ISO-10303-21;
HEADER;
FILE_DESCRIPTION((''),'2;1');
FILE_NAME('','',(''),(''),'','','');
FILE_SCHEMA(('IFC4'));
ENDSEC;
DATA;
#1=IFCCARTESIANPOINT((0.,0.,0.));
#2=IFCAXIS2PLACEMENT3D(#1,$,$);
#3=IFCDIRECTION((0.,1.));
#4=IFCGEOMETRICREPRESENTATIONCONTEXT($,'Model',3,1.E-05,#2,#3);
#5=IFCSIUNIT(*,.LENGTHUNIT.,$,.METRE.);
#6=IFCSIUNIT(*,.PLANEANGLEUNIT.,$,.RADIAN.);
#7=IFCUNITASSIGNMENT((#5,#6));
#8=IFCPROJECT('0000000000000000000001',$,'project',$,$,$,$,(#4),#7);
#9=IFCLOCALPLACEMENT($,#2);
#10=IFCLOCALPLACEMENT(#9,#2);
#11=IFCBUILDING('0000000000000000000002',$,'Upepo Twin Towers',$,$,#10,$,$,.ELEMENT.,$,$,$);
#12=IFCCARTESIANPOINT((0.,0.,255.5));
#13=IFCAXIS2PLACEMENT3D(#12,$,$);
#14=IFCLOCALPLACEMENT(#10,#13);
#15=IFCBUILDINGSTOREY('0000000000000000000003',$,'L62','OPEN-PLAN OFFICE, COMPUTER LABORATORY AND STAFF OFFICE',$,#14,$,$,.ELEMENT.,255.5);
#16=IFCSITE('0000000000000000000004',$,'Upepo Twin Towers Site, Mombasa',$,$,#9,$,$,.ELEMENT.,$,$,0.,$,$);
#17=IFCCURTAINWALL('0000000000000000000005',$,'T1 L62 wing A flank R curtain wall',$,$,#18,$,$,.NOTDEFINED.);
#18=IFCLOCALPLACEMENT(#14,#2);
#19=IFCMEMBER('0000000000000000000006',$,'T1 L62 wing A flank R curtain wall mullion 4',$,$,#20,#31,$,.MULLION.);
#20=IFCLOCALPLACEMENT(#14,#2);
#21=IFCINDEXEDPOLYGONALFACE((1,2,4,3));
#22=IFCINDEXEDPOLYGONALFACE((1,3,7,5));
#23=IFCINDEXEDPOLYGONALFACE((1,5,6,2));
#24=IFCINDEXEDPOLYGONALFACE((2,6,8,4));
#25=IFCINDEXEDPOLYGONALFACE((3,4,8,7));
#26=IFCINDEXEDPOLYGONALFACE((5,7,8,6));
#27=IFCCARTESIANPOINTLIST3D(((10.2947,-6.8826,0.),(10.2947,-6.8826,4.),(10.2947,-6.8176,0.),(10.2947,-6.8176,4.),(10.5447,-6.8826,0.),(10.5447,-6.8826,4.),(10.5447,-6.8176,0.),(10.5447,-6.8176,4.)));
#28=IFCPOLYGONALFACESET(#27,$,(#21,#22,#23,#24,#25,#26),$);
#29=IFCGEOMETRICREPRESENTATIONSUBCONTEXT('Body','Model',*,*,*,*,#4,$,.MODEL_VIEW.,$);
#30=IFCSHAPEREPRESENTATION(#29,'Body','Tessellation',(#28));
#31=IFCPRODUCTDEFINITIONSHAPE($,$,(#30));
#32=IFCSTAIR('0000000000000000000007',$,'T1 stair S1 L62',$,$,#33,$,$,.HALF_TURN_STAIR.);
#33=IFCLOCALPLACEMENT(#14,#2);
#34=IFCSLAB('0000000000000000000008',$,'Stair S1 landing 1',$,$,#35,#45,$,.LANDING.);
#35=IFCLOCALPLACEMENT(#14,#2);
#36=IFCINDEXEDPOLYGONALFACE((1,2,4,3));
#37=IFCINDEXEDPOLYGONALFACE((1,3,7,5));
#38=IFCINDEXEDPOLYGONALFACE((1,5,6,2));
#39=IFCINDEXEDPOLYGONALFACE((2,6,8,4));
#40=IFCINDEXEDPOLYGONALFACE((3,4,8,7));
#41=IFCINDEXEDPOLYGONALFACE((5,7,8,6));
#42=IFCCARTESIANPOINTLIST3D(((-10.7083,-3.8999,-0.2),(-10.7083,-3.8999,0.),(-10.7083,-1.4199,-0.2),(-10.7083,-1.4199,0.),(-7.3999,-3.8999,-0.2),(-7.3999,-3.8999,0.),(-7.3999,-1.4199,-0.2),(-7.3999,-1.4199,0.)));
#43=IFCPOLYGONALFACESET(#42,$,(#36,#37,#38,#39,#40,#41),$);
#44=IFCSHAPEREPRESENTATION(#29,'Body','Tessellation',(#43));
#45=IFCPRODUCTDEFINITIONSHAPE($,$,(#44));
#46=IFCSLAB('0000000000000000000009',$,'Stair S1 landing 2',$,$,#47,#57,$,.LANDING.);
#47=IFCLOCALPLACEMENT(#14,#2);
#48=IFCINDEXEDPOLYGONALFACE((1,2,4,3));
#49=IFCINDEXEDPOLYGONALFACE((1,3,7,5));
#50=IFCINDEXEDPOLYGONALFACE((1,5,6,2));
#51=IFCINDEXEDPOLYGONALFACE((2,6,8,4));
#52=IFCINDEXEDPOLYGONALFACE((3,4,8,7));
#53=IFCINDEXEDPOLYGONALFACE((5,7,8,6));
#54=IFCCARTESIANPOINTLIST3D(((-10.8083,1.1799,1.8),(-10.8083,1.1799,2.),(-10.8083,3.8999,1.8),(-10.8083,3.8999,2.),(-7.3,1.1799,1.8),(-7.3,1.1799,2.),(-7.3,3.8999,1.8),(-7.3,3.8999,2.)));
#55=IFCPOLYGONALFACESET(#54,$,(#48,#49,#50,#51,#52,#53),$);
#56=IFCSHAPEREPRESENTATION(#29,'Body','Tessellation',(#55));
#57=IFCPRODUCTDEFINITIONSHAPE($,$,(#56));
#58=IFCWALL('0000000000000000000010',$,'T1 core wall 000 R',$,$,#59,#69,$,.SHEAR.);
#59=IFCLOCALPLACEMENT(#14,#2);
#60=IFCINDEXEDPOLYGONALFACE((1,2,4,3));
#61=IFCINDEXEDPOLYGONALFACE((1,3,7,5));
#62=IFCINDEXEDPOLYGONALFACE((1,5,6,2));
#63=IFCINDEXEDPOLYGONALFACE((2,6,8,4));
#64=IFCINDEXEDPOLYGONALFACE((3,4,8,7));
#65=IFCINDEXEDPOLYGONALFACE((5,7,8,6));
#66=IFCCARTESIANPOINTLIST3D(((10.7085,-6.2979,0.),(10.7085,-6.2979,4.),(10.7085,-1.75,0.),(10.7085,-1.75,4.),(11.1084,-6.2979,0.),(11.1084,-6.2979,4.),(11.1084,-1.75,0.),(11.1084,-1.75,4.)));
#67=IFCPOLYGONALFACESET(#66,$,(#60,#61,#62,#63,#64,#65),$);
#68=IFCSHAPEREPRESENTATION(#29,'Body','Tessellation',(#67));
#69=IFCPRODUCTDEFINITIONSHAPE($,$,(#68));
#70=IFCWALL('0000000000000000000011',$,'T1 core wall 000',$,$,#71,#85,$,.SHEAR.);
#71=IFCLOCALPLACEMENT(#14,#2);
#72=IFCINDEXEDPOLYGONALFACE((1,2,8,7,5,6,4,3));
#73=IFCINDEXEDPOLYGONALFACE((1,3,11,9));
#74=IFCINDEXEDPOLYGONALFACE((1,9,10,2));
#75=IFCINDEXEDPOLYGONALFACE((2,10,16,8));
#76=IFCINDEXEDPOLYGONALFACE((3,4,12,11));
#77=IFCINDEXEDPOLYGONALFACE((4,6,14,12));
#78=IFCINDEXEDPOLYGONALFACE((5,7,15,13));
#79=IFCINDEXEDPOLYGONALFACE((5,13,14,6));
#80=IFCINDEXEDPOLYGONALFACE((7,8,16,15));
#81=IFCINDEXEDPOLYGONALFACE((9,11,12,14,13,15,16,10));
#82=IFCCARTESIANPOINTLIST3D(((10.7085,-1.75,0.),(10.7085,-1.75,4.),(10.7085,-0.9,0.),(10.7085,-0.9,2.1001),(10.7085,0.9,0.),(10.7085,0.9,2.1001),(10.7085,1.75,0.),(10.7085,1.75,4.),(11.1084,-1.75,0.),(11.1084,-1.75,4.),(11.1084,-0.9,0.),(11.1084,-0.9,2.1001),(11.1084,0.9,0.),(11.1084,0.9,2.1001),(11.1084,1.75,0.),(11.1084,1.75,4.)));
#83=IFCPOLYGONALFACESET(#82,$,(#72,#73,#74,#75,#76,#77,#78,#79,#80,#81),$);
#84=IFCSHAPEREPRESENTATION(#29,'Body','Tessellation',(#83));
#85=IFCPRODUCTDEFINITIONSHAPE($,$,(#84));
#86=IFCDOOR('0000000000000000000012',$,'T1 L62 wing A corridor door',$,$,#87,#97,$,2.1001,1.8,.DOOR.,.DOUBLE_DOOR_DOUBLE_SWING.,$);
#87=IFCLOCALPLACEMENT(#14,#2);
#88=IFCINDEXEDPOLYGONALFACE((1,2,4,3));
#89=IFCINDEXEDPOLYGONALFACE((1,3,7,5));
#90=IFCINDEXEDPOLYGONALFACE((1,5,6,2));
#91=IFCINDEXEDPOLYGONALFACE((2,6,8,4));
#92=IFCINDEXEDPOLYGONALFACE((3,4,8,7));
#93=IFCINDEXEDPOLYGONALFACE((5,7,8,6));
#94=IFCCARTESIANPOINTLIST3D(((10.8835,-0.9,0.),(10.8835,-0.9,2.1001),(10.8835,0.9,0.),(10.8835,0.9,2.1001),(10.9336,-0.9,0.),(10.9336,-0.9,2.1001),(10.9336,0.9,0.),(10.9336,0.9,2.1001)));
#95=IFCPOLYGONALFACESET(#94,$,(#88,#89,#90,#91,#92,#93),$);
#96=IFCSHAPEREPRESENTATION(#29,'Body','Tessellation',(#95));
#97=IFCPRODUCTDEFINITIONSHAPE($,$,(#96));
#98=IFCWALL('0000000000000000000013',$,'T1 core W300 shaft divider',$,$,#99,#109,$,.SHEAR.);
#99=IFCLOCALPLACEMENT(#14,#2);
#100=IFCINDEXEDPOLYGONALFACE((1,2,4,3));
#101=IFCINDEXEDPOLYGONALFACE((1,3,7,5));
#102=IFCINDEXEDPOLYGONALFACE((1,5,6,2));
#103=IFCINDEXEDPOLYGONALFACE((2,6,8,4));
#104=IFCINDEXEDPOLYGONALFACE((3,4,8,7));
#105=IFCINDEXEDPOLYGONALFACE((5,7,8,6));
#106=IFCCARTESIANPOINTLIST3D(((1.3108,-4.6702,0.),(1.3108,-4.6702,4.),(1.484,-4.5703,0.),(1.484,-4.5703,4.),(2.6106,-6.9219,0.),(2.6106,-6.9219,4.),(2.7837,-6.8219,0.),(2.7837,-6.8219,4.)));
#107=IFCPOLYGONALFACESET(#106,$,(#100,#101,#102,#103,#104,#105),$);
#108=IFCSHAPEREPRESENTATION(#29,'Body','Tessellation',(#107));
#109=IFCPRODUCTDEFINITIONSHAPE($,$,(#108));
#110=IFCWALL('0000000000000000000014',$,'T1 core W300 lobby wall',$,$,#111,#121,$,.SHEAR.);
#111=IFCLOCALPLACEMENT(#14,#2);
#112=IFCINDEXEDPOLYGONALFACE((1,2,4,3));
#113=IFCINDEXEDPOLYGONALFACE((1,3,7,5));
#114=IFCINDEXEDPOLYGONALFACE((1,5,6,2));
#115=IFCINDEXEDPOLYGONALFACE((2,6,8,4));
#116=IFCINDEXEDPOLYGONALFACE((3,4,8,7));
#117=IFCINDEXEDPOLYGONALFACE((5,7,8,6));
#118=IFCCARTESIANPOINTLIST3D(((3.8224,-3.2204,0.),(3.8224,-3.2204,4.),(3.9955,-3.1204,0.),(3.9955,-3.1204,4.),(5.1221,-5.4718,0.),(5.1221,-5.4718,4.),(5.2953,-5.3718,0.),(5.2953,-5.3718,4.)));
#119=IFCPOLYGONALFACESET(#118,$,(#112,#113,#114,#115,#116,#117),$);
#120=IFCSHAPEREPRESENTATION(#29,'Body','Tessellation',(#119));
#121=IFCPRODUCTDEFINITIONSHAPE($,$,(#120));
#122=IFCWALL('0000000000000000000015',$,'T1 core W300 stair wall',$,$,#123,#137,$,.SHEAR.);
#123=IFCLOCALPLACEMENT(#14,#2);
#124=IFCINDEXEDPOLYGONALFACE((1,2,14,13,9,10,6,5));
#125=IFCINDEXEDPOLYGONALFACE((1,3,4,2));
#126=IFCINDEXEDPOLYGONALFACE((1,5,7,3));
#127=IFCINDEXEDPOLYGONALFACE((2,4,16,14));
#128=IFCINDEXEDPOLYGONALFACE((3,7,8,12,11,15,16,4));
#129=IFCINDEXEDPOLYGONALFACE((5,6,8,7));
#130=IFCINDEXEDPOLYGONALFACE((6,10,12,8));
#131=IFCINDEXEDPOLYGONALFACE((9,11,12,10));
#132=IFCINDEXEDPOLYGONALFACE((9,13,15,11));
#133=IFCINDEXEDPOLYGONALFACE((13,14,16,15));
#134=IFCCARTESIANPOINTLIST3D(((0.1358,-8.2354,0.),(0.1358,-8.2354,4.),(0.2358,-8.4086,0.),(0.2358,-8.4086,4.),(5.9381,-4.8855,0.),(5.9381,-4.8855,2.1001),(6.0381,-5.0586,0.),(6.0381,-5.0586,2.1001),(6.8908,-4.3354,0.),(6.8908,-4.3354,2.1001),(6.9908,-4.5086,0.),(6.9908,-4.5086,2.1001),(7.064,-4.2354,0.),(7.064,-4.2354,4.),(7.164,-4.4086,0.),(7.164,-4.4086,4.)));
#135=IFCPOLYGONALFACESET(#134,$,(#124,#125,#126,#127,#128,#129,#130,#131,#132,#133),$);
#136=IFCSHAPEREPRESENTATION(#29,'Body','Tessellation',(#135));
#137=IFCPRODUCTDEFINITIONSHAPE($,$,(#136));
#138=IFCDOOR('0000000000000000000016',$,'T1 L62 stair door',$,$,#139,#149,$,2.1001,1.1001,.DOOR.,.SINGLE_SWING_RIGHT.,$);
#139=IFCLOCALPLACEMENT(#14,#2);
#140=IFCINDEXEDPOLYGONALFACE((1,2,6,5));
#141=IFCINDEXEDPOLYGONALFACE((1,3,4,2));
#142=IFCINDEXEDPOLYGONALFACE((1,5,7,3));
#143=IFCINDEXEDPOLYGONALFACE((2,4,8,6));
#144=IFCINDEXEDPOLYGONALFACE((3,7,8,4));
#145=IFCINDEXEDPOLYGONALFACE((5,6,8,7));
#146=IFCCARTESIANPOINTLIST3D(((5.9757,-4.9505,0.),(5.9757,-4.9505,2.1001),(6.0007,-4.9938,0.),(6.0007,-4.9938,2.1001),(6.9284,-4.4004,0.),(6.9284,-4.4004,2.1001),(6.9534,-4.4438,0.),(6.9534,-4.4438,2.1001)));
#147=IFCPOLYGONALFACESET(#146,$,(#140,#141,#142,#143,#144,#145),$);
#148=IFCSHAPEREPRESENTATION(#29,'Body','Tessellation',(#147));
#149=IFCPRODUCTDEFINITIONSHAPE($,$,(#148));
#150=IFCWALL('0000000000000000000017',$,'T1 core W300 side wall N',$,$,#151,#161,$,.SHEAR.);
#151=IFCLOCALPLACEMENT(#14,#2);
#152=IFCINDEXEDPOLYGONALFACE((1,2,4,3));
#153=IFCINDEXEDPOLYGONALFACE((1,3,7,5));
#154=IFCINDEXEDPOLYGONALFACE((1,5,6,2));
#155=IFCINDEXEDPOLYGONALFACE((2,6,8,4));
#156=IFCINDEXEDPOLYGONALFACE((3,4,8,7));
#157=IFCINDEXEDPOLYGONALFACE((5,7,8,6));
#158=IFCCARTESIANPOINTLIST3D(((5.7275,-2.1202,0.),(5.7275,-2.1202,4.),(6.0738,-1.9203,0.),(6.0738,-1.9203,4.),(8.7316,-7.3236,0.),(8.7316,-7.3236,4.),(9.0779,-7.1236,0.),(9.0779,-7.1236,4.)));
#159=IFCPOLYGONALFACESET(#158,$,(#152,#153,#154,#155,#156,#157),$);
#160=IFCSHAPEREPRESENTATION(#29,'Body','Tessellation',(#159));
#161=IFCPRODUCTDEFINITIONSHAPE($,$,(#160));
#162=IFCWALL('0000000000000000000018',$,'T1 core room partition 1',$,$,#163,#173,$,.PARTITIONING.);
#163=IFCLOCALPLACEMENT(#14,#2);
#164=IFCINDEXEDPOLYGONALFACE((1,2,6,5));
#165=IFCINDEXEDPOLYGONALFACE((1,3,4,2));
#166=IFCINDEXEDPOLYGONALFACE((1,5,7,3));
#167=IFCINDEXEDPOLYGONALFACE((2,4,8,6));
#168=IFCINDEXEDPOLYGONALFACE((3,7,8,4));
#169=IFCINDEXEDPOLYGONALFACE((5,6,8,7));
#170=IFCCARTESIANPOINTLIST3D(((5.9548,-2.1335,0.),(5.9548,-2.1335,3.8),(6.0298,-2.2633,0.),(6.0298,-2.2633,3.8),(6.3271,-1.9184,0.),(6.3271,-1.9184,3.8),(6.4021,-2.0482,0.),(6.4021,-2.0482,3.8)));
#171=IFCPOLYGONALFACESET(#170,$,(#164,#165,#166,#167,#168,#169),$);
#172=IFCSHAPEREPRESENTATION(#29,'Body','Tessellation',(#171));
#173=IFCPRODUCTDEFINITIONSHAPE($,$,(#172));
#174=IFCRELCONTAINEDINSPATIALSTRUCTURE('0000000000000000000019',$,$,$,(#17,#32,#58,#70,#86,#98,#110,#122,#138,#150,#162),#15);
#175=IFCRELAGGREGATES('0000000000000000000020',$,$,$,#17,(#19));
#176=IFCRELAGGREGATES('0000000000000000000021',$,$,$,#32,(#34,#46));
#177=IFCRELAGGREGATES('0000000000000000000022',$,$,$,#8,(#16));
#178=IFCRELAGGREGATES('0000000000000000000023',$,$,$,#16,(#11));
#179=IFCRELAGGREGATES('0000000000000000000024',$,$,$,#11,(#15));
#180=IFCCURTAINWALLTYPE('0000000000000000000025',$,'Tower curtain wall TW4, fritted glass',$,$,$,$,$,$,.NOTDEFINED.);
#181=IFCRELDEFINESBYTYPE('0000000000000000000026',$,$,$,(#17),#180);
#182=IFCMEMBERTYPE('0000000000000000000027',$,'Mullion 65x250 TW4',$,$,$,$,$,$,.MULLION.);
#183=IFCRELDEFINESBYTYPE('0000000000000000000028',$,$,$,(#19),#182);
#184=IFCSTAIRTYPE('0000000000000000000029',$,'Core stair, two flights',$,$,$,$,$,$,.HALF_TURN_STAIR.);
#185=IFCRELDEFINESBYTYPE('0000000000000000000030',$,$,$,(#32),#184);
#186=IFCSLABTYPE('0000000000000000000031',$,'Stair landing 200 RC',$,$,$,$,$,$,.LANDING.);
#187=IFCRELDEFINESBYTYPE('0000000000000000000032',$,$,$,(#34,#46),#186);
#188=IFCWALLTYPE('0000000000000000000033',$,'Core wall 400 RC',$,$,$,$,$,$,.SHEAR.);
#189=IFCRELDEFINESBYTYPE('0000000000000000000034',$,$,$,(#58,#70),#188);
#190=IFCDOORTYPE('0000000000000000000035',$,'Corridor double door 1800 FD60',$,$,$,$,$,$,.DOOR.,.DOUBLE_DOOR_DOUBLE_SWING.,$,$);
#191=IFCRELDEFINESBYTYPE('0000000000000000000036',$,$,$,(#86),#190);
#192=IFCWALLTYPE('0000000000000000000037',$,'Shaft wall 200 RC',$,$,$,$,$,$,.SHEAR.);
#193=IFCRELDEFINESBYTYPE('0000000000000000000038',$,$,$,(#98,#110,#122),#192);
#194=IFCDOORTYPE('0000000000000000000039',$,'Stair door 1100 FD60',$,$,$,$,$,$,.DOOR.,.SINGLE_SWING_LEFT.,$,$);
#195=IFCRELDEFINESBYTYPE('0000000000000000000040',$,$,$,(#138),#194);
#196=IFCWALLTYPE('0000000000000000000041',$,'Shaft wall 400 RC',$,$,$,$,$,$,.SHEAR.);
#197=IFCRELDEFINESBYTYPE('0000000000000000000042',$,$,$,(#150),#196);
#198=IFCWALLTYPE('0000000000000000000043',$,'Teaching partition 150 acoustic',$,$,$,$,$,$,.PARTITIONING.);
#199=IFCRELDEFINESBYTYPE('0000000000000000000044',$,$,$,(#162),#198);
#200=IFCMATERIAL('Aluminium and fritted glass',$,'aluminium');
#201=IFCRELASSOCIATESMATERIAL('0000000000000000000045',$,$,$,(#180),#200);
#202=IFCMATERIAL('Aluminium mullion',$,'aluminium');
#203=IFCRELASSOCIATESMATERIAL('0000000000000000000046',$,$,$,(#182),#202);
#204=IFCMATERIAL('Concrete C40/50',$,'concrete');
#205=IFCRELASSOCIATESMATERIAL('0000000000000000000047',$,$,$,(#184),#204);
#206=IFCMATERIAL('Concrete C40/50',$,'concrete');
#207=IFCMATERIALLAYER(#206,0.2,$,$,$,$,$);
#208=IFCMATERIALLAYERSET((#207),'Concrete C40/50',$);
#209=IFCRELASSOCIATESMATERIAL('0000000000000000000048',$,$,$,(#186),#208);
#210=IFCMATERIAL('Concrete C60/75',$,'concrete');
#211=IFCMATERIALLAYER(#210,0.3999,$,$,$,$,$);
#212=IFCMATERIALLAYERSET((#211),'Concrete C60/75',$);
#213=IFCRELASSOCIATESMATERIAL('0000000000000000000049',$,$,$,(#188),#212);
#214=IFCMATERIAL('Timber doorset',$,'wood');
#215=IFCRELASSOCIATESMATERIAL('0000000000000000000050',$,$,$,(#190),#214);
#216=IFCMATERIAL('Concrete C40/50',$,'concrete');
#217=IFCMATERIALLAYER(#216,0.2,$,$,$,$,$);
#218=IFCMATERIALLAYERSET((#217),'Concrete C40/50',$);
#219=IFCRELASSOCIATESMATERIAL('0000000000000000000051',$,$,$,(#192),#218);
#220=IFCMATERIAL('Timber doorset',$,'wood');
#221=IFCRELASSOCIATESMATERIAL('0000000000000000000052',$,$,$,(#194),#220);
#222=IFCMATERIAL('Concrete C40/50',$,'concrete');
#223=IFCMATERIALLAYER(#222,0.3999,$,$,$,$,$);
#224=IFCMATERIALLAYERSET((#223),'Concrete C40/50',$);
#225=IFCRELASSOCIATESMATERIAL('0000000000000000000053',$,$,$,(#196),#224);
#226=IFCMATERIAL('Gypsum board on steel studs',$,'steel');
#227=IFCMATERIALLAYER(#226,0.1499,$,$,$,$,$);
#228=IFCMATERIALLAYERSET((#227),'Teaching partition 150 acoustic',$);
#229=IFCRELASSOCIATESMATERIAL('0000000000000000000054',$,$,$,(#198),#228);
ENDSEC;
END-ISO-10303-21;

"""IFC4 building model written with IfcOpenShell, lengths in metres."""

from ifc_helpers import new_model, si_unit, direction, frame, frame_2d, origin, origin_2d, place, context, subcontext, project, spatial, polyline, rectangle, outline, extrude, material, layer, layer_set, material_profile, profile_set, type_object, element, fill, aggregate, save


model = new_model("IFC4")

# Units and contexts
model_context = context("Model", 3, precision=1e-05, world=origin(), true_north=direction((0.0, 1.0)))
body_context = subcontext(model_context, "Body", "Model", "MODEL_VIEW")
ifc_project = project(units=[si_unit("LENGTHUNIT", "METRE"), si_unit("PLANEANGLEUNIT", "RADIAN")], contexts=[model_context])

# Site, building, storey
site_placement = place(None, origin())
site = spatial("IfcSite", under=ifc_project, at=site_placement, Name="Upepo Twin Towers Site, Mombasa", CompositionType="ELEMENT", RefElevation=0.0)
building_placement = place(site_placement, origin())
building = spatial("IfcBuilding", under=site, at=building_placement, Name="Upepo Twin Towers", CompositionType="ELEMENT")
storey_placement = place(building_placement, frame((0.0, 0.0, 255.5)))
storey = spatial("IfcBuildingStorey", under=building, at=storey_placement, Name="L62", Description="OPEN-PLAN OFFICE, COMPUTER LABORATORY AND STAFF OFFICE", CompositionType="ELEMENT", Elevation=255.5)

# Curtain wall, member
ifc_material_1 = material(Name="Aluminium and fritted glass", Category="aluminium")
curtain_wall_type = type_object("IfcCurtainWallType", Name="Tower curtain wall TW4, fritted glass", PredefinedType="NOTDEFINED", material=ifc_material_1)
curtain_wall_placement = place(storey_placement, origin())
curtain_wall = element("IfcCurtainWall", 1, at=curtain_wall_placement, inside=storey, type_object=curtain_wall_type, Name="T1 L62 wing A flank R curtain wall", PredefinedType="NOTDEFINED")
ifc_material_2 = material(Name="Aluminium mullion", Category="aluminium")
ifc_material_profile = material_profile(ifc_material_2, rectangle(XDim=0.0649, YDim=0.25, at=origin_2d()), Name="MULLION 65x250")
ifc_profile_set = profile_set([ifc_material_profile], Name="Aluminium mullion")
member_type = type_object("IfcMemberType", Name="Mullion 65x250 TW4", PredefinedType="MULLION", material=ifc_profile_set)
member_placement = place(storey_placement, frame((10.4197, -6.8501, 0.0), z_axis=(0.0, 0.0, 1.0), x_axis=(0.0, -1.0, 0.0)))
member = element("IfcMember", 2, at=member_placement, type_object=member_type, Name="T1 L62 wing A flank R curtain wall mullion 4", PredefinedType="MULLION", context=body_context, shape_type="SweptSolid", body=[
    extrude(rectangle(XDim=0.0649, YDim=0.25, at=origin_2d()), origin(), (0.0, 0.0, 1.0), 4.0),
])
aggregate(curtain_wall, [member])

# Stair, slabs
ifc_material_3 = material(Name="Concrete C40/50", Category="concrete")
stair_type = type_object("IfcStairType", Name="Core stair, two flights", PredefinedType="HALF_TURN_STAIR", material=ifc_material_3)
stair_1_placement = place(storey_placement, origin())
stair_1 = element("IfcStair", 3, at=stair_1_placement, inside=storey, type_object=stair_type, Name="T1 stair S1 L62", PredefinedType="HALF_TURN_STAIR")
ifc_material_4 = material(Name="Concrete C40/50", Category="concrete")
ifc_layer_1 = layer(ifc_material_4, 0.2)
ifc_layer_set_1 = layer_set([ifc_layer_1], Name="Concrete C40/50")
slab_type = type_object("IfcSlabType", Name="Stair landing 200 RC", PredefinedType="LANDING", material=ifc_layer_set_1)
slab_1_placement = place(storey_placement, frame((0.0, 0.0, -0.2)))
slab_1 = element("IfcSlab", 4, at=slab_1_placement, type_object=slab_type, Name="Stair S1 landing 1", PredefinedType="LANDING", context=body_context, shape_type="SweptSolid", body=[
    extrude(outline(polyline([(-7.3999, -1.4199), (-10.7083, -1.4199), (-10.7083, -3.8999), (-7.3999, -3.8999), (-7.3999, -1.4199)])), origin(), (0.0, 0.0, 1.0), 0.2),
])
slab_2_placement = place(storey_placement, frame((0.0, 0.0, 1.8)))
slab_2 = element("IfcSlab", 5, at=slab_2_placement, type_object=slab_type, Name="Stair S1 landing 2", PredefinedType="LANDING", context=body_context, shape_type="SweptSolid", body=[
    extrude(outline(polyline([(-7.3, 3.8999), (-10.8083, 3.8999), (-10.8083, 1.1799), (-7.3, 1.1799), (-7.3, 3.8999)])), origin(), (0.0, 0.0, 1.0), 0.2),
])
aggregate(stair_1, [slab_1, slab_2])

# Wall
ifc_material_5 = material(Name="Concrete C60/75", Category="concrete")
ifc_layer_2 = layer(ifc_material_5, 0.3999)
ifc_layer_set_2 = layer_set([ifc_layer_2], Name="Concrete C60/75")
wall_type_1 = type_object("IfcWallType", Name="Core wall 400 RC", PredefinedType="SHEAR", material=ifc_layer_set_2)
wall_1_placement = place(storey_placement, frame((10.9084, -6.2979, 0.0), z_axis=(0.0, 0.0, 1.0), x_axis=(0.0, 1.0, 0.0)))
element("IfcWall", 6, at=wall_1_placement, inside=storey, type_object=wall_type_1, Name="T1 core wall 000 R", PredefinedType="SHEAR", context=body_context, shape_type="SweptSolid", body=[
    extrude(rectangle(XDim=4.5479, YDim=0.3999, at=frame_2d((2.2739, 0.0))), origin(), (0.0, 0.0, 1.0), 4.0),
])

# Wall, opening, door
wall_2_placement = place(storey_placement, frame((10.9084, -1.75, 0.0), z_axis=(0.0, 0.0, 1.0), x_axis=(0.0, 1.0, 0.0)))
wall_2 = element("IfcWall", 7, at=wall_2_placement, inside=storey, type_object=wall_type_1, Name="T1 core wall 000", PredefinedType="SHEAR", context=body_context, shape_type="SweptSolid", body=[
    extrude(rectangle(XDim=3.5, YDim=0.3999, at=frame_2d((1.75, 0.0))), origin(), (0.0, 0.0, 1.0), 4.0),
])
opening_1_placement = place(wall_2_placement, frame((0.8501, 0.0, 0.0)))
opening_1 = element("IfcOpeningElement", 8, at=opening_1_placement, cuts=wall_2, PredefinedType="OPENING", context=body_context, shape_type="SweptSolid", body=[
    extrude(rectangle(XDim=1.8, YDim=2.1001, at=frame_2d((0.8999, 1.05))), frame((0.0, 0.21, 0.0), z_axis=(0.0, -1.0, 0.0), x_axis=(1.0, 0.0, 0.0)), (0.0, 0.0, 1.0), 0.4199),
])
ifc_material_6 = material(Name="Timber doorset", Category="wood")
door_type_1 = type_object("IfcDoorType", Name="Corridor double door 1800 FD60", OperationType="DOUBLE_DOOR_DOUBLE_SWING", PredefinedType="DOOR", material=ifc_material_6)
door_1_placement = place(opening_1_placement, origin())
door_1 = element("IfcDoor", 9, at=door_1_placement, inside=storey, type_object=door_type_1, Name="T1 L62 wing A corridor door", OperationType="DOUBLE_DOOR_DOUBLE_SWING", OverallHeight=2.1001, OverallWidth=1.8, PredefinedType="DOOR", context=body_context, shape_type="SweptSolid", body=[
    extrude(rectangle(XDim=1.8, YDim=2.1001, at=frame_2d((0.8999, 1.05))), frame((0.0, 0.0249, 0.0), z_axis=(0.0, -1.0, 0.0), x_axis=(1.0, 0.0, 0.0)), (0.0, 0.0, 1.0), 0.05),
])
fill(opening_1, door_1)

# Walls
ifc_material_7 = material(Name="Concrete C40/50", Category="concrete")
ifc_layer_3 = layer(ifc_material_7, 0.2)
ifc_layer_set_3 = layer_set([ifc_layer_3], Name="Concrete C40/50")
wall_type_2 = type_object("IfcWallType", Name="Shaft wall 200 RC", PredefinedType="SHEAR", material=ifc_layer_set_3)
wall_3_placement = place(storey_placement, frame((1.3975, -4.6204, 0.0), z_axis=(0.0, 0.0, 1.0), x_axis=(0.499937, -0.866062, 0.0)))
element("IfcWall", 10, at=wall_3_placement, inside=storey, type_object=wall_type_2, Name="T1 core W300 shaft divider", PredefinedType="SHEAR", context=body_context, shape_type="SweptSolid", body=[
    extrude(rectangle(XDim=2.5999, YDim=0.2, at=frame_2d((1.2998, 0.0))), origin(), (0.0, 0.0, 1.0), 4.0),
])
wall_4_placement = place(storey_placement, frame((3.9089, -3.1704, 0.0), z_axis=(0.0, 0.0, 1.0), x_axis=(0.499977, -0.866039, 0.0)))
element("IfcWall", 11, at=wall_4_placement, inside=storey, type_object=wall_type_2, Name="T1 core W300 lobby wall", PredefinedType="SHEAR", context=body_context, shape_type="SweptSolid", body=[
    extrude(rectangle(XDim=2.5996, YDim=0.2, at=frame_2d((1.2998, 0.0))), origin(), (0.0, 0.0, 1.0), 4.0),
])

# Wall, opening, door
wall_5_placement = place(storey_placement, frame((0.1858, -8.322, 0.0), z_axis=(0.0, 0.0, 1.0), x_axis=(0.866026, 0.499999, 0.0)))
wall_5 = element("IfcWall", 12, at=wall_5_placement, inside=storey, type_object=wall_type_2, Name="T1 core W300 stair wall", PredefinedType="SHEAR", context=body_context, shape_type="SweptSolid", body=[
    extrude(rectangle(XDim=8.0, YDim=0.2, at=frame_2d((4.0, 0.0))), origin(), (0.0, 0.0, 1.0), 4.0),
])
opening_2_placement = place(wall_5_placement, frame((6.7, 0.0, 0.0)))
opening_2 = element("IfcOpeningElement", 13, at=opening_2_placement, cuts=wall_5, PredefinedType="OPENING", context=body_context, shape_type="SweptSolid", body=[
    extrude(rectangle(XDim=1.1001, YDim=2.1001, at=frame_2d((0.55, 1.05))), frame((0.0, 0.1099, 0.0), z_axis=(0.0, -1.0, 0.0), x_axis=(1.0, 0.0, 0.0)), (0.0, 0.0, 1.0), 0.22),
])
ifc_material_8 = material(Name="Timber doorset", Category="wood")
door_type_2 = type_object("IfcDoorType", Name="Stair door 1100 FD60", OperationType="SINGLE_SWING_LEFT", PredefinedType="DOOR", material=ifc_material_8)
door_2_placement = place(opening_2_placement, origin())
door_2 = element("IfcDoor", 14, at=door_2_placement, inside=storey, type_object=door_type_2, Name="T1 L62 stair door", OperationType="SINGLE_SWING_RIGHT", OverallHeight=2.1001, OverallWidth=1.1001, PredefinedType="DOOR", context=body_context, shape_type="SweptSolid", body=[
    extrude(rectangle(XDim=1.1001, YDim=2.1001, at=frame_2d((0.55, 1.05))), frame((0.0, 0.0249, 0.0), z_axis=(0.0, -1.0, 0.0), x_axis=(1.0, 0.0, 0.0)), (0.0, 0.0, 1.0), 0.05),
])
fill(opening_2, door_2)

# Walls
ifc_material_9 = material(Name="Concrete C40/50", Category="concrete")
ifc_layer_4 = layer(ifc_material_9, 0.3999)
ifc_layer_set_4 = layer_set([ifc_layer_4], Name="Concrete C40/50")
wall_type_3 = type_object("IfcWallType", Name="Shaft wall 400 RC", PredefinedType="SHEAR", material=ifc_layer_set_4)
wall_6_placement = place(storey_placement, frame((5.9006, -2.0203, 0.0), z_axis=(0.0, 0.0, 1.0), x_axis=(0.499998, -0.866027, 0.0)))
element("IfcWall", 15, at=wall_6_placement, inside=storey, type_object=wall_type_3, Name="T1 core W300 side wall N", PredefinedType="SHEAR", context=body_context, shape_type="SweptSolid", body=[
    extrude(rectangle(XDim=6.0083, YDim=0.3999, at=frame_2d((3.0042, 0.0))), origin(), (0.0, 0.0, 1.0), 4.0),
])
ifc_material_10 = material(Name="Gypsum board on steel studs", Category="steel")
ifc_layer_5 = layer(ifc_material_10, 0.1499)
ifc_layer_set_5 = layer_set([ifc_layer_5], Name="Teaching partition 150 acoustic")
wall_type_4 = type_object("IfcWallType", Name="Teaching partition 150 acoustic", PredefinedType="PARTITIONING", material=ifc_layer_set_5)
wall_7_placement = place(storey_placement, frame((6.3645, -1.9834, 0.0), z_axis=(0.0, 0.0, 1.0), x_axis=(-0.865892, -0.50023, 0.0)))
element("IfcWall", 16, at=wall_7_placement, inside=storey, type_object=wall_type_4, Name="T1 core room partition 1", PredefinedType="PARTITIONING", context=body_context, shape_type="SweptSolid", body=[
    extrude(rectangle(XDim=0.4299, YDim=0.1499, at=frame_2d((0.2148, 0.0))), origin(), (0.0, 0.0, 1.0), 3.8),
])

save(model, "model.ifc")
